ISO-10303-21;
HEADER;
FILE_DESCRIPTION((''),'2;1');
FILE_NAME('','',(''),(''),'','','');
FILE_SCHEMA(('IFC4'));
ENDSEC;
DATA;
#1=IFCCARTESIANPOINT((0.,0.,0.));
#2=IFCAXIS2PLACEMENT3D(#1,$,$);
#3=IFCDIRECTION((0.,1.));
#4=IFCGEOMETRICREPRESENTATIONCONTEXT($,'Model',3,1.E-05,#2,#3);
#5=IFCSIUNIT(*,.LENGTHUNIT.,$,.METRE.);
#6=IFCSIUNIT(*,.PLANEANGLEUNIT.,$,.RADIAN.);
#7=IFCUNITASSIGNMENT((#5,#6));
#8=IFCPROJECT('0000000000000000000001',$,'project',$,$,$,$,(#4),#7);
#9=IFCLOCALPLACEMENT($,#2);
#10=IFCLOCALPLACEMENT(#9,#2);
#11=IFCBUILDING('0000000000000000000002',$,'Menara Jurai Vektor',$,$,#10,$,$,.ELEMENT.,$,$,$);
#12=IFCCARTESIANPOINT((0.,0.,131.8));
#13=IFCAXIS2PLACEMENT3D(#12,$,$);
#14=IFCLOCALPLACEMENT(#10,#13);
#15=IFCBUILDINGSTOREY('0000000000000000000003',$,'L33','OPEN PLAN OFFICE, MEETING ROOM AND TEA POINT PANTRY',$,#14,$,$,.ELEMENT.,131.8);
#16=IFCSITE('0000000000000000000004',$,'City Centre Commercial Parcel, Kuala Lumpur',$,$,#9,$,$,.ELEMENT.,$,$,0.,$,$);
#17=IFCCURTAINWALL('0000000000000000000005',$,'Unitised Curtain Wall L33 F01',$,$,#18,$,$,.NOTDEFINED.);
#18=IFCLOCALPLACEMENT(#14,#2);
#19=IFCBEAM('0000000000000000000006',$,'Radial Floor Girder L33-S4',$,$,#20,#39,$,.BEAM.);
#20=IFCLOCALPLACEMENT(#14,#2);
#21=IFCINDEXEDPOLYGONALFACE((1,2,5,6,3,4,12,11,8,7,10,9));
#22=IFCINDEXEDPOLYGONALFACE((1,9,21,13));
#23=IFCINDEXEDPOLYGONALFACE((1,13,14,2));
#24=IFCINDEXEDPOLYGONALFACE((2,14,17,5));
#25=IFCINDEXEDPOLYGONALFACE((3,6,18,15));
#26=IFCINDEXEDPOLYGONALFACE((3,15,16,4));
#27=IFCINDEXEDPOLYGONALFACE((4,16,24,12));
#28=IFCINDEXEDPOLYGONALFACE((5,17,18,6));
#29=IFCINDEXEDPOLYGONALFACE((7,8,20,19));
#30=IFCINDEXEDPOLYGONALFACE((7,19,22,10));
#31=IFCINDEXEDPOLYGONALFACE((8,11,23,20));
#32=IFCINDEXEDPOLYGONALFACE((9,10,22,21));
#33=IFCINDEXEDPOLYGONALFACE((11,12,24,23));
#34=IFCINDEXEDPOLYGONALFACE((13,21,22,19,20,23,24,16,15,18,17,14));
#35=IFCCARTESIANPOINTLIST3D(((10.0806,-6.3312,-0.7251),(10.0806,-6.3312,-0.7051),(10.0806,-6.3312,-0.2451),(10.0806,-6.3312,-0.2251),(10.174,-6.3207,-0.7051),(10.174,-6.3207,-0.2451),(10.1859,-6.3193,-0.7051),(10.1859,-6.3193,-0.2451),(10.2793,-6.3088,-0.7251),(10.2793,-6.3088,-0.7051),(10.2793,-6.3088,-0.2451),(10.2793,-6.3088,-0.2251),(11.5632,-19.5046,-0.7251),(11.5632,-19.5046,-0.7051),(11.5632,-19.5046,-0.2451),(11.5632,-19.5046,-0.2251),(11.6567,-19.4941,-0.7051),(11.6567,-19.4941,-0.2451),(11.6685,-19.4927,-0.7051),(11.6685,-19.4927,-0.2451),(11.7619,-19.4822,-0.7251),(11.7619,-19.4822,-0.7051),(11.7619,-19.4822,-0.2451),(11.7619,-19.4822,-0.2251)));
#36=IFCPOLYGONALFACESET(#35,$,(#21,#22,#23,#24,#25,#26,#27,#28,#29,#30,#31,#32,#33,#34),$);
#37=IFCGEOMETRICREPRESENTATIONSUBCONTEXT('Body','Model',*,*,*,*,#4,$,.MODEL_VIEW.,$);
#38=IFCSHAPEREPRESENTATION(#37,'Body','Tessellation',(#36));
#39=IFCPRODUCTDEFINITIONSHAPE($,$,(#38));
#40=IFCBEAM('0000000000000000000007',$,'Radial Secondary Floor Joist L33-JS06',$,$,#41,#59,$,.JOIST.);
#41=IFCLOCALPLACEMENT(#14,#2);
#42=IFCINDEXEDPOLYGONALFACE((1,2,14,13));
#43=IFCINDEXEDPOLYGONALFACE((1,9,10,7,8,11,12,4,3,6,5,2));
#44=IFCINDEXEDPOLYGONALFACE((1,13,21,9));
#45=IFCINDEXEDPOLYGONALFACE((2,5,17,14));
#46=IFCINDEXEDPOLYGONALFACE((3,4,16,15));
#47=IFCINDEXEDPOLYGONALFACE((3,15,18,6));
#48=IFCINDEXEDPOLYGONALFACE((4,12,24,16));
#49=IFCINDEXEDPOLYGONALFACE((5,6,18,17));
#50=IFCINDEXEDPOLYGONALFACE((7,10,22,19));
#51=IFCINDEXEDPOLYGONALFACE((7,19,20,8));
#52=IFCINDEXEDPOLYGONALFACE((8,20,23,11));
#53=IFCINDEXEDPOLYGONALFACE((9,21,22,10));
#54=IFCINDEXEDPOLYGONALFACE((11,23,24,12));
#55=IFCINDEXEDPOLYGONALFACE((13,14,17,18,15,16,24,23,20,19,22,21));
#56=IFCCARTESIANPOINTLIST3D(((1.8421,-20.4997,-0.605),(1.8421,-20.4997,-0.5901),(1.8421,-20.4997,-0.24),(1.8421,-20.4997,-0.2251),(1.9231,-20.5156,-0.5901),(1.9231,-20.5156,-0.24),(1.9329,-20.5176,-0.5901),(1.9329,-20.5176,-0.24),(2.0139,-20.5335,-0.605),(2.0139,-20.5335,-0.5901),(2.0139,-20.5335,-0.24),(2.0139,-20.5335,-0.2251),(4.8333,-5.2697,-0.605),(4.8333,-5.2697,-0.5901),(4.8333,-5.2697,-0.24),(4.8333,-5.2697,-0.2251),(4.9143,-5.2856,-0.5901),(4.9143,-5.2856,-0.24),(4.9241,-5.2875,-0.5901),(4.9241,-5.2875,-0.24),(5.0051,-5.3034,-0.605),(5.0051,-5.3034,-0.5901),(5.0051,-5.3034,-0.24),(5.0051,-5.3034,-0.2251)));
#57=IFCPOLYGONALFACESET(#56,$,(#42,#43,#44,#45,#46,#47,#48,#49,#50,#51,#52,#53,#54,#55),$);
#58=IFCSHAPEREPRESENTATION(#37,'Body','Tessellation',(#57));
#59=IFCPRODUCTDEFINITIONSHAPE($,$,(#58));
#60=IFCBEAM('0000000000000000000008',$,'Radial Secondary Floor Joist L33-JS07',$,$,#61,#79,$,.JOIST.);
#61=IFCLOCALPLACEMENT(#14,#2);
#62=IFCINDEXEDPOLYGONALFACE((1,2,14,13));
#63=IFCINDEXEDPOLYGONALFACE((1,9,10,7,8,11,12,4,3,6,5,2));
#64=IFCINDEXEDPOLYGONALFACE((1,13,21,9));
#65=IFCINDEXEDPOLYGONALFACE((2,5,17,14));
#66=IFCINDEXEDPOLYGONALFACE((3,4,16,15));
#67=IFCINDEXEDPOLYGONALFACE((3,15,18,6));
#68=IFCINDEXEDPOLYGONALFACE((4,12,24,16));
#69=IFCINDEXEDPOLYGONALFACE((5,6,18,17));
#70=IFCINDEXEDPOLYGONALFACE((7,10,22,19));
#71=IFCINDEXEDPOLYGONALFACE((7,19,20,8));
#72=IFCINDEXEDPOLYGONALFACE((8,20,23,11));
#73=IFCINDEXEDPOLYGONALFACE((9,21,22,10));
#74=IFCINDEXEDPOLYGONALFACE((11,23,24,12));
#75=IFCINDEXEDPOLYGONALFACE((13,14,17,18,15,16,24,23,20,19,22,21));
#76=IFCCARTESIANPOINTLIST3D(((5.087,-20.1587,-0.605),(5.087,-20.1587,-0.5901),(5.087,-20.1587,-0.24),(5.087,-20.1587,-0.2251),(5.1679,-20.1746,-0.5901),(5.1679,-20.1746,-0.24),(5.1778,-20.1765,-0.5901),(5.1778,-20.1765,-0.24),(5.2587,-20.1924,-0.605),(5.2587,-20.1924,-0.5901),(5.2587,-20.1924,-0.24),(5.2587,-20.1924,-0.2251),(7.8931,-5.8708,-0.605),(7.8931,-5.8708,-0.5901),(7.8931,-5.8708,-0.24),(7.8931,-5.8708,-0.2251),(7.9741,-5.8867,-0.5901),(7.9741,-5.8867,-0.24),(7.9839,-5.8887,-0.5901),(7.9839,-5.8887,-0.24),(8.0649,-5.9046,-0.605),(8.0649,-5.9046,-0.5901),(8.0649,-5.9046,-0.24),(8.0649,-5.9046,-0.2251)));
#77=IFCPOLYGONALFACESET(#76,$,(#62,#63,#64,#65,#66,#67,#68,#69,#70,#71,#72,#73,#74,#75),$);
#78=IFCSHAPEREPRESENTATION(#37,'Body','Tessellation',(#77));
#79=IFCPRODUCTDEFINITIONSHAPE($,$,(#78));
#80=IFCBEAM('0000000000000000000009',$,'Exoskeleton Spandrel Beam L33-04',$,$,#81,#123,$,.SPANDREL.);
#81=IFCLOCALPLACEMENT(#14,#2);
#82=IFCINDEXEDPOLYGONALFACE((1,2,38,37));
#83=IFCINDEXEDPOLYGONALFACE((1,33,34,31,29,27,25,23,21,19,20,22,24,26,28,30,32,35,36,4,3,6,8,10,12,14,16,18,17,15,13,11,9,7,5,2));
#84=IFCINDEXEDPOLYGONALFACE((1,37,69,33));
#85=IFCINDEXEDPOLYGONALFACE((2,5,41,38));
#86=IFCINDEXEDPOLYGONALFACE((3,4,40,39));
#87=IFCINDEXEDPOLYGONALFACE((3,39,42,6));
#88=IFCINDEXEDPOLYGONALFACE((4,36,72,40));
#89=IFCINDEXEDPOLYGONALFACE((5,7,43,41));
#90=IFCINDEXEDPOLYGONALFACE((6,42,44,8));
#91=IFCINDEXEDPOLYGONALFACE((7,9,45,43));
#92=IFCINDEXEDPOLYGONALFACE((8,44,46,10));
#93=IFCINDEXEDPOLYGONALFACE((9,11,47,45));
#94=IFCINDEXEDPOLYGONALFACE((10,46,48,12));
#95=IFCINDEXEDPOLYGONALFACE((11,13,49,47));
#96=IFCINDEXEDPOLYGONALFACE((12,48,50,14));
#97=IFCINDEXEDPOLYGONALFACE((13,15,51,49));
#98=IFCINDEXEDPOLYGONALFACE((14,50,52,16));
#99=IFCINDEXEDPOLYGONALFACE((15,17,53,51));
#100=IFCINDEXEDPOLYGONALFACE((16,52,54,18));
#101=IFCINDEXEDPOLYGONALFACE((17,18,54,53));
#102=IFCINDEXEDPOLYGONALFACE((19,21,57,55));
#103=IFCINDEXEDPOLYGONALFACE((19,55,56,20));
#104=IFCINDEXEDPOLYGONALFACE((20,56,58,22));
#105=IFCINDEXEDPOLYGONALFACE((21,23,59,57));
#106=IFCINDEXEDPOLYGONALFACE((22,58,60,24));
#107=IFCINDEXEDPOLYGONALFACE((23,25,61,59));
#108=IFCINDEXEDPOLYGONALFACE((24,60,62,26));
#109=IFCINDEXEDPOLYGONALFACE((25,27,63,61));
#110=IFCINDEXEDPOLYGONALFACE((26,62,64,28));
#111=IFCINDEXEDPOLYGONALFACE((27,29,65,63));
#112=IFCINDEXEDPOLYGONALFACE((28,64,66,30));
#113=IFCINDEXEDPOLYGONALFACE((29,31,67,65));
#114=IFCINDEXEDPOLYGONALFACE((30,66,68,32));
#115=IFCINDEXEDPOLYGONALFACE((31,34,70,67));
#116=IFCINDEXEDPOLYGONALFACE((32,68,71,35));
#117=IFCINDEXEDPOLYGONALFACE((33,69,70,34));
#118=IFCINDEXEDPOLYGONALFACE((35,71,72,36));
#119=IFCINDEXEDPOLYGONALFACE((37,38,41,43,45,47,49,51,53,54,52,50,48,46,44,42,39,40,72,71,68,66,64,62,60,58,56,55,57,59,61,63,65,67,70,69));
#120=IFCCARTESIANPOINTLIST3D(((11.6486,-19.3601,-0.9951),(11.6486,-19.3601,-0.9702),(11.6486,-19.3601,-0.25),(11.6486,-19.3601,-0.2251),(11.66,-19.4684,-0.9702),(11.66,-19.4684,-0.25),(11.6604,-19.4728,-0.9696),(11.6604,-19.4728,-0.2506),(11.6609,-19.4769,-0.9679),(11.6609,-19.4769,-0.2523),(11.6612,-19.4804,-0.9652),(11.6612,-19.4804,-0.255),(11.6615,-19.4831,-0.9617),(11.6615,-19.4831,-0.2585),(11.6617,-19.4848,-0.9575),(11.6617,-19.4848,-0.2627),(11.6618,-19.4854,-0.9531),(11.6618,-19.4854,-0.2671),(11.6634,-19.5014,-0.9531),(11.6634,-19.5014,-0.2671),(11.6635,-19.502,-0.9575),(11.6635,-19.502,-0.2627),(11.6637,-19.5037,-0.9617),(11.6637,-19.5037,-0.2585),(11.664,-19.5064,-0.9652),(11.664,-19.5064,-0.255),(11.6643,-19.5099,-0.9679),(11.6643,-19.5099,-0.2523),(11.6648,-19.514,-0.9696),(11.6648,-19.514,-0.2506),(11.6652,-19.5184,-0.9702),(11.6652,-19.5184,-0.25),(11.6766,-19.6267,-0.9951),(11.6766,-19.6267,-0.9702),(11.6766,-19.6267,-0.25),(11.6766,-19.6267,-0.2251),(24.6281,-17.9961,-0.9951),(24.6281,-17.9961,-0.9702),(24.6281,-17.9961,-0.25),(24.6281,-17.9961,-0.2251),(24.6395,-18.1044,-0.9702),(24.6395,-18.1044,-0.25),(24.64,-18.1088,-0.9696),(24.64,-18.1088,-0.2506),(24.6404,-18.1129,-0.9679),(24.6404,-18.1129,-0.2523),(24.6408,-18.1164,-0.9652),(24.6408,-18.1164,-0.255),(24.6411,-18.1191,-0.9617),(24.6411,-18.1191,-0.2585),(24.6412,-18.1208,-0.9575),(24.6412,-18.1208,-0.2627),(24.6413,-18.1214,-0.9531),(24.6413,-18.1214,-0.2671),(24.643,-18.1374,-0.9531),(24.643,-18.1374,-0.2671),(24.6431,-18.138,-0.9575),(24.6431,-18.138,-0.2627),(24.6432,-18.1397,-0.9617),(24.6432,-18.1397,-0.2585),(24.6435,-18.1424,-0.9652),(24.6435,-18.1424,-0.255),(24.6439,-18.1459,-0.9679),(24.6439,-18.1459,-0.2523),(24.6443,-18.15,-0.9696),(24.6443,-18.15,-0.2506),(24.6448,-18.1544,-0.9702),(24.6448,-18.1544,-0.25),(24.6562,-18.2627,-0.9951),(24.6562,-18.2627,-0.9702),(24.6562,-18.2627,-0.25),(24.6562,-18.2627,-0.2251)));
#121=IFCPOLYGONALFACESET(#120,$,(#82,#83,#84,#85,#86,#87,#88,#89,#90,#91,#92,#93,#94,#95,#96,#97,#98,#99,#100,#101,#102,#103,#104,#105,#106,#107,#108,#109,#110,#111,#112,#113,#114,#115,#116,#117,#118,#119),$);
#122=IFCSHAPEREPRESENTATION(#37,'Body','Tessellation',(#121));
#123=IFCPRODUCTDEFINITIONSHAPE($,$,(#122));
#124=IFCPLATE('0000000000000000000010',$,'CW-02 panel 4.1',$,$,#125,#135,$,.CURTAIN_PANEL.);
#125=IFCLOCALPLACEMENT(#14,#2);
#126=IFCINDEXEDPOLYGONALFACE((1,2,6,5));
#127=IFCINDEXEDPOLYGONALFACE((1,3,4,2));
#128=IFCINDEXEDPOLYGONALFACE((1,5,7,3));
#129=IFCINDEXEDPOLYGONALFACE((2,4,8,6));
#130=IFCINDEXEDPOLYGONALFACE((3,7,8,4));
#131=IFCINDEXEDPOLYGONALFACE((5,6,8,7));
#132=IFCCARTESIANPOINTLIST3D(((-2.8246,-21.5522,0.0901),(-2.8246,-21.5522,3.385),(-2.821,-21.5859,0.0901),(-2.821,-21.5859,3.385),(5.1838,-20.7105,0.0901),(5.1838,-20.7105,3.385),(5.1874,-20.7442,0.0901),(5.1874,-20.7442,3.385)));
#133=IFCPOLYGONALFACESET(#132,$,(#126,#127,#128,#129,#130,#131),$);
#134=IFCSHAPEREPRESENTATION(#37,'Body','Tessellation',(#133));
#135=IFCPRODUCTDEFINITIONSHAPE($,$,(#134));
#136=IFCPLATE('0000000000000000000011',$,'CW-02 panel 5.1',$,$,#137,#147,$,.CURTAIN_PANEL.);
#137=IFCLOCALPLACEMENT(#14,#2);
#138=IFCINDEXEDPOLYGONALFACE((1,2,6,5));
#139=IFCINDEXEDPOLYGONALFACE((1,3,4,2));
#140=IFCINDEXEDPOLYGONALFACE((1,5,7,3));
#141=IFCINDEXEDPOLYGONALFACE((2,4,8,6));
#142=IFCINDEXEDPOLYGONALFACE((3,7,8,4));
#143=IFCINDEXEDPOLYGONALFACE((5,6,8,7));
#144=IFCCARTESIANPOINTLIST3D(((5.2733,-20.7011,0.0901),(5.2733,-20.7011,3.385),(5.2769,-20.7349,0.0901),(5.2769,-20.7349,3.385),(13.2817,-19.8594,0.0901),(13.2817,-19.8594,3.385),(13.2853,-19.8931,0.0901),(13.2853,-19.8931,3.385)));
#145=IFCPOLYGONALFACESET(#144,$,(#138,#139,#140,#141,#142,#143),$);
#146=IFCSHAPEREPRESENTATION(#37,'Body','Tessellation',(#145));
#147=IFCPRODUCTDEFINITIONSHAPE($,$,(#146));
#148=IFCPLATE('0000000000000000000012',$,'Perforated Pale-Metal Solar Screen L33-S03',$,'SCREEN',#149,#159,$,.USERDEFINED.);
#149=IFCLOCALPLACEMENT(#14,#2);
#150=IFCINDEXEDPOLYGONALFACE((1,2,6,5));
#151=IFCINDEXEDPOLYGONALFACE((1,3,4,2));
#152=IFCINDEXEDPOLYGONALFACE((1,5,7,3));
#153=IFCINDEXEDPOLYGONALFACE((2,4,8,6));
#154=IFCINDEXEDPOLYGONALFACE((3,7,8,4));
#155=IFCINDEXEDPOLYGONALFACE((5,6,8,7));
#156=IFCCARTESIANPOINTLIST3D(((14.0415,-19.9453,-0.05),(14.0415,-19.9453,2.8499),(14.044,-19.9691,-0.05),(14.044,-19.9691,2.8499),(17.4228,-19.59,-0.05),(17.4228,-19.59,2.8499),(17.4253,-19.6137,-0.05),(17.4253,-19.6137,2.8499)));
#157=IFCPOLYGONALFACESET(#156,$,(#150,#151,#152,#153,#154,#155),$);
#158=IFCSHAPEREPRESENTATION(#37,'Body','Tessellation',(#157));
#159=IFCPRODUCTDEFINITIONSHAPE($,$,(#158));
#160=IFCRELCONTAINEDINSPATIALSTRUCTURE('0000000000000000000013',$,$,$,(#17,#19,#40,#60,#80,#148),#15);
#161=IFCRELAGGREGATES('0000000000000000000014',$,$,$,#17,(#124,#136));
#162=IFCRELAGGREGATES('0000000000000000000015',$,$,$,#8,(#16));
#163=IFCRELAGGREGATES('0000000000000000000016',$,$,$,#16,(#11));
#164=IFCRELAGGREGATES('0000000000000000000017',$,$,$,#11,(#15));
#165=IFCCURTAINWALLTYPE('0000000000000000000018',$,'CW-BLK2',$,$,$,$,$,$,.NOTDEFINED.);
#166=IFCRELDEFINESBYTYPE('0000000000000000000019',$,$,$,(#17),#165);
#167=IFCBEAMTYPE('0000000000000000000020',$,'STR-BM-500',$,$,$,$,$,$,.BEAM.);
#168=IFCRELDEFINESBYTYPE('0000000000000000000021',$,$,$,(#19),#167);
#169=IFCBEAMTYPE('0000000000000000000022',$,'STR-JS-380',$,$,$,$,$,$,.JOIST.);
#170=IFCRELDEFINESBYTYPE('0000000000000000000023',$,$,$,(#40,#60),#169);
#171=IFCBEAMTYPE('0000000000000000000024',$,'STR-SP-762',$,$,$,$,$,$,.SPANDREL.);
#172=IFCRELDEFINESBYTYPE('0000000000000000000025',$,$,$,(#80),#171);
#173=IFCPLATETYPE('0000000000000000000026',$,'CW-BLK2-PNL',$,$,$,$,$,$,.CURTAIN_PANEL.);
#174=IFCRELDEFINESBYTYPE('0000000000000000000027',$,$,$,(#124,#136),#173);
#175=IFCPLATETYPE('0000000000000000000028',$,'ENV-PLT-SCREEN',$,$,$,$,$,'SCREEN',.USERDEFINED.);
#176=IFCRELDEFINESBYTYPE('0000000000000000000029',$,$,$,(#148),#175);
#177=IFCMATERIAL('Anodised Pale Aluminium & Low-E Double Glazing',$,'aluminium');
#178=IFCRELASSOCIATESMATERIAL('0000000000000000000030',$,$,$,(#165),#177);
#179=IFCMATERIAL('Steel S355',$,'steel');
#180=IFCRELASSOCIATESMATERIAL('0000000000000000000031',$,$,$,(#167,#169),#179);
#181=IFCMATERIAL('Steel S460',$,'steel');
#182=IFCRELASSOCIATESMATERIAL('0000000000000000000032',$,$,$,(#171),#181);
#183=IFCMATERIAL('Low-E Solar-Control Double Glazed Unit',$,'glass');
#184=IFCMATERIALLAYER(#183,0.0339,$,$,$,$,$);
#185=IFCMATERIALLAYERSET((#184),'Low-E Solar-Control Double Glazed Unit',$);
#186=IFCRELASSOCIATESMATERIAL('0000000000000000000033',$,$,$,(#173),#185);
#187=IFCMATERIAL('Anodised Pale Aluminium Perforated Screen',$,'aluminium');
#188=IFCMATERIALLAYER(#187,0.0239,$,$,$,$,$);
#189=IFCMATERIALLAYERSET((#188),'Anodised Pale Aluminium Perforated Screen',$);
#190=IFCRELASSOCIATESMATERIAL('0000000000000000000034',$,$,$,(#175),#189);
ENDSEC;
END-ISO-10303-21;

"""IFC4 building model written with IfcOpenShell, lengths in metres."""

from ifc_helpers import new_model, si_unit, direction, frame, origin, origin_2d, place, context, subcontext, project, spatial, rectangle, i_section, extrude, material, layer, layer_set, material_profile, profile_set, type_object, element, aggregate, save


model = new_model("IFC4")

# Units and contexts
model_context = context("Model", 3, precision=1e-05, world=origin(), true_north=direction((0.0, 1.0)))
body_context = subcontext(model_context, "Body", "Model", "MODEL_VIEW")
ifc_project = project(units=[si_unit("LENGTHUNIT", "METRE"), si_unit("PLANEANGLEUNIT", "RADIAN")], contexts=[model_context])

# Site, building, storey
site_placement = place(None, origin())
site = spatial("IfcSite", under=ifc_project, at=site_placement, Name="City Centre Commercial Parcel, Kuala Lumpur", CompositionType="ELEMENT", RefElevation=0.0)
building_placement = place(site_placement, origin())
building = spatial("IfcBuilding", under=site, at=building_placement, Name="Menara Jurai Vektor", CompositionType="ELEMENT")
storey_placement = place(building_placement, frame((0.0, 0.0, 131.8)))
storey = spatial("IfcBuildingStorey", under=building, at=storey_placement, Name="L33", Description="OPEN PLAN OFFICE, MEETING ROOM AND TEA POINT PANTRY", CompositionType="ELEMENT", Elevation=131.8)

# Shared definitions
ifc_material_1 = material(Name="Steel S460", Category="steel")

# Curtain wall
ifc_material_2 = material(Name="Anodised Pale Aluminium & Low-E Double Glazing", Category="aluminium")
curtain_wall_type = type_object("IfcCurtainWallType", Name="CW-BLK2", PredefinedType="NOTDEFINED", material=ifc_material_2)
curtain_wall_placement = place(storey_placement, origin())
curtain_wall = element("IfcCurtainWall", 1, at=curtain_wall_placement, inside=storey, type_object=curtain_wall_type, Name="Unitised Curtain Wall L33 F01", PredefinedType="NOTDEFINED")

# Beams
ifc_material_3 = material(Name="Steel S355", Category="steel")
ifc_material_profile_1 = material_profile(ifc_material_3, i_section(OverallWidth=0.2, OverallDepth=0.5, WebThickness=0.012, FlangeThickness=0.02, at=origin_2d()), Name="PG 500x200x96")
ifc_profile_set_1 = profile_set([ifc_material_profile_1], Name="Steel S355")
beam_type_1 = type_object("IfcBeamType", Name="STR-BM-500", PredefinedType="BEAM", material=ifc_profile_set_1)
beam_1_placement = place(storey_placement, frame((11.6626, -19.4934, -0.4751), z_axis=(-0.111844, 0.993726, 0.0), x_axis=(-0.993726, -0.111844, 0.0)))
element("IfcBeam", 2, at=beam_1_placement, inside=storey, type_object=beam_type_1, Name="Radial Floor Girder L33-S4", PredefinedType="BEAM", context=body_context, shape_type="SweptSolid", body=[
    extrude(i_section(OverallWidth=0.2, OverallDepth=0.5, WebThickness=0.012, FlangeThickness=0.02, at=origin_2d()), origin(), (0.0, 0.0, 1.0), 13.2566),
])
ifc_material_profile_2 = material_profile(ifc_material_3, i_section(OverallWidth=0.175, OverallDepth=0.3799, WebThickness=0.01, FlangeThickness=0.0149, at=origin_2d()), Name="PG 380x175x58")
ifc_profile_set_2 = profile_set([ifc_material_profile_2], Name="Steel S355")
beam_type_2 = type_object("IfcBeamType", Name="STR-JS-380", PredefinedType="JOIST", material=ifc_profile_set_2)
beam_2_placement = place(storey_placement, frame((1.928, -20.5166, -0.415), z_axis=(0.192721, 0.981254, 0.0), x_axis=(-0.981254, 0.192721, 0.0)))
element("IfcBeam", 3, at=beam_2_placement, inside=storey, type_object=beam_type_2, Name="Radial Secondary Floor Joist L33-JS06", PredefinedType="JOIST", context=body_context, shape_type="SweptSolid", body=[
    extrude(i_section(OverallWidth=0.175, OverallDepth=0.3799, WebThickness=0.01, FlangeThickness=0.0149, at=origin_2d()), origin(), (0.0, 0.0, 1.0), 15.521),
])
beam_3_placement = place(storey_placement, frame((5.1729, -20.1755, -0.415), z_axis=(0.19272, 0.981254, 0.0), x_axis=(-0.981254, 0.19272, 0.0)))
element("IfcBeam", 4, at=beam_3_placement, inside=storey, type_object=beam_type_2, Name="Radial Secondary Floor Joist L33-JS07", PredefinedType="JOIST", context=body_context, shape_type="SweptSolid", body=[
    extrude(i_section(OverallWidth=0.175, OverallDepth=0.3799, WebThickness=0.01, FlangeThickness=0.0149, at=origin_2d()), origin(), (0.0, 0.0, 1.0), 14.5608),
])
ifc_material_profile_3 = material_profile(ifc_material_1, i_section(OverallWidth=0.2681, OverallDepth=0.77, WebThickness=0.0161, FlangeThickness=0.0249, FilletRadius=0.0171, at=origin_2d()), Name="UKB 762x267x197")
ifc_profile_set_3 = profile_set([ifc_material_profile_3], Name="Steel S460")
beam_type_3 = type_object("IfcBeamType", Name="STR-SP-762", PredefinedType="SPANDREL", material=ifc_profile_set_3)
beam_4_placement = place(storey_placement, frame((11.6626, -19.4934, -0.6101), z_axis=(0.994523, 0.104514, 0.0), x_axis=(-0.104514, 0.994523, 0.0)))
element("IfcBeam", 5, at=beam_4_placement, inside=storey, type_object=beam_type_3, Name="Exoskeleton Spandrel Beam L33-04", PredefinedType="SPANDREL", context=body_context, shape_type="SweptSolid", body=[
    extrude(i_section(OverallWidth=0.2681, OverallDepth=0.77, WebThickness=0.0161, FlangeThickness=0.0249, FilletRadius=0.0171, at=origin_2d()), origin(), (0.0, 0.0, 1.0), 13.051),
])

# Plates
ifc_material_4 = material(Name="Low-E Solar-Control Double Glazed Unit", Category="glass")
ifc_layer_1 = layer(ifc_material_4, 0.0339)
ifc_layer_set_1 = layer_set([ifc_layer_1], Name="Low-E Solar-Control Double Glazed Unit")
plate_type_1 = type_object("IfcPlateType", Name="CW-BLK2-PNL", PredefinedType="CURTAIN_PANEL", material=ifc_layer_set_1)
plate_1_placement = place(storey_placement, frame((1.1814, -21.1482, 0.0901), z_axis=(0.0, 0.0, 1.0), x_axis=(0.994522, 0.104529, 0.0)))
plate_1 = element("IfcPlate", 6, at=plate_1_placement, type_object=plate_type_1, Name="CW-02 panel 4.1", PredefinedType="CURTAIN_PANEL", context=body_context, shape_type="SweptSolid", body=[
    extrude(rectangle(XDim=8.0525, YDim=0.0339, at=origin_2d()), origin(), (0.0, 0.0, 1.0), 3.2949),
])
plate_2_placement = place(storey_placement, frame((9.2793, -20.2971, 0.0901), z_axis=(0.0, 0.0, 1.0), x_axis=(0.994522, 0.104529, 0.0)))
plate_2 = element("IfcPlate", 7, at=plate_2_placement, type_object=plate_type_1, Name="CW-02 panel 5.1", PredefinedType="CURTAIN_PANEL", context=body_context, shape_type="SweptSolid", body=[
    extrude(rectangle(XDim=8.0525, YDim=0.0339, at=origin_2d()), origin(), (0.0, 0.0, 1.0), 3.2949),
])
aggregate(curtain_wall, [plate_1, plate_2])
ifc_material_5 = material(Name="Anodised Pale Aluminium Perforated Screen", Category="aluminium")
ifc_layer_2 = layer(ifc_material_5, 0.0239)
ifc_layer_set_2 = layer_set([ifc_layer_2], Name="Anodised Pale Aluminium Perforated Screen")
plate_type_2 = type_object("IfcPlateType", Name="ENV-PLT-SCREEN", ElementType="SCREEN", PredefinedType="USERDEFINED", material=ifc_layer_set_2)
plate_3_placement = place(storey_placement, frame((15.7334, -19.7795, -0.05), z_axis=(0.0, 0.0, 1.0), x_axis=(0.994522, 0.104528, 0.0)))
element("IfcPlate", 8, at=plate_3_placement, inside=storey, type_object=plate_type_2, Name="Perforated Pale-Metal Solar Screen L33-S03", ObjectType="SCREEN", PredefinedType="USERDEFINED", context=body_context, shape_type="SweptSolid", body=[
    extrude(rectangle(XDim=3.3999, YDim=0.0239, at=origin_2d()), origin(), (0.0, 0.0, 1.0), 2.8999),
])

save(model, "model.ifc")
